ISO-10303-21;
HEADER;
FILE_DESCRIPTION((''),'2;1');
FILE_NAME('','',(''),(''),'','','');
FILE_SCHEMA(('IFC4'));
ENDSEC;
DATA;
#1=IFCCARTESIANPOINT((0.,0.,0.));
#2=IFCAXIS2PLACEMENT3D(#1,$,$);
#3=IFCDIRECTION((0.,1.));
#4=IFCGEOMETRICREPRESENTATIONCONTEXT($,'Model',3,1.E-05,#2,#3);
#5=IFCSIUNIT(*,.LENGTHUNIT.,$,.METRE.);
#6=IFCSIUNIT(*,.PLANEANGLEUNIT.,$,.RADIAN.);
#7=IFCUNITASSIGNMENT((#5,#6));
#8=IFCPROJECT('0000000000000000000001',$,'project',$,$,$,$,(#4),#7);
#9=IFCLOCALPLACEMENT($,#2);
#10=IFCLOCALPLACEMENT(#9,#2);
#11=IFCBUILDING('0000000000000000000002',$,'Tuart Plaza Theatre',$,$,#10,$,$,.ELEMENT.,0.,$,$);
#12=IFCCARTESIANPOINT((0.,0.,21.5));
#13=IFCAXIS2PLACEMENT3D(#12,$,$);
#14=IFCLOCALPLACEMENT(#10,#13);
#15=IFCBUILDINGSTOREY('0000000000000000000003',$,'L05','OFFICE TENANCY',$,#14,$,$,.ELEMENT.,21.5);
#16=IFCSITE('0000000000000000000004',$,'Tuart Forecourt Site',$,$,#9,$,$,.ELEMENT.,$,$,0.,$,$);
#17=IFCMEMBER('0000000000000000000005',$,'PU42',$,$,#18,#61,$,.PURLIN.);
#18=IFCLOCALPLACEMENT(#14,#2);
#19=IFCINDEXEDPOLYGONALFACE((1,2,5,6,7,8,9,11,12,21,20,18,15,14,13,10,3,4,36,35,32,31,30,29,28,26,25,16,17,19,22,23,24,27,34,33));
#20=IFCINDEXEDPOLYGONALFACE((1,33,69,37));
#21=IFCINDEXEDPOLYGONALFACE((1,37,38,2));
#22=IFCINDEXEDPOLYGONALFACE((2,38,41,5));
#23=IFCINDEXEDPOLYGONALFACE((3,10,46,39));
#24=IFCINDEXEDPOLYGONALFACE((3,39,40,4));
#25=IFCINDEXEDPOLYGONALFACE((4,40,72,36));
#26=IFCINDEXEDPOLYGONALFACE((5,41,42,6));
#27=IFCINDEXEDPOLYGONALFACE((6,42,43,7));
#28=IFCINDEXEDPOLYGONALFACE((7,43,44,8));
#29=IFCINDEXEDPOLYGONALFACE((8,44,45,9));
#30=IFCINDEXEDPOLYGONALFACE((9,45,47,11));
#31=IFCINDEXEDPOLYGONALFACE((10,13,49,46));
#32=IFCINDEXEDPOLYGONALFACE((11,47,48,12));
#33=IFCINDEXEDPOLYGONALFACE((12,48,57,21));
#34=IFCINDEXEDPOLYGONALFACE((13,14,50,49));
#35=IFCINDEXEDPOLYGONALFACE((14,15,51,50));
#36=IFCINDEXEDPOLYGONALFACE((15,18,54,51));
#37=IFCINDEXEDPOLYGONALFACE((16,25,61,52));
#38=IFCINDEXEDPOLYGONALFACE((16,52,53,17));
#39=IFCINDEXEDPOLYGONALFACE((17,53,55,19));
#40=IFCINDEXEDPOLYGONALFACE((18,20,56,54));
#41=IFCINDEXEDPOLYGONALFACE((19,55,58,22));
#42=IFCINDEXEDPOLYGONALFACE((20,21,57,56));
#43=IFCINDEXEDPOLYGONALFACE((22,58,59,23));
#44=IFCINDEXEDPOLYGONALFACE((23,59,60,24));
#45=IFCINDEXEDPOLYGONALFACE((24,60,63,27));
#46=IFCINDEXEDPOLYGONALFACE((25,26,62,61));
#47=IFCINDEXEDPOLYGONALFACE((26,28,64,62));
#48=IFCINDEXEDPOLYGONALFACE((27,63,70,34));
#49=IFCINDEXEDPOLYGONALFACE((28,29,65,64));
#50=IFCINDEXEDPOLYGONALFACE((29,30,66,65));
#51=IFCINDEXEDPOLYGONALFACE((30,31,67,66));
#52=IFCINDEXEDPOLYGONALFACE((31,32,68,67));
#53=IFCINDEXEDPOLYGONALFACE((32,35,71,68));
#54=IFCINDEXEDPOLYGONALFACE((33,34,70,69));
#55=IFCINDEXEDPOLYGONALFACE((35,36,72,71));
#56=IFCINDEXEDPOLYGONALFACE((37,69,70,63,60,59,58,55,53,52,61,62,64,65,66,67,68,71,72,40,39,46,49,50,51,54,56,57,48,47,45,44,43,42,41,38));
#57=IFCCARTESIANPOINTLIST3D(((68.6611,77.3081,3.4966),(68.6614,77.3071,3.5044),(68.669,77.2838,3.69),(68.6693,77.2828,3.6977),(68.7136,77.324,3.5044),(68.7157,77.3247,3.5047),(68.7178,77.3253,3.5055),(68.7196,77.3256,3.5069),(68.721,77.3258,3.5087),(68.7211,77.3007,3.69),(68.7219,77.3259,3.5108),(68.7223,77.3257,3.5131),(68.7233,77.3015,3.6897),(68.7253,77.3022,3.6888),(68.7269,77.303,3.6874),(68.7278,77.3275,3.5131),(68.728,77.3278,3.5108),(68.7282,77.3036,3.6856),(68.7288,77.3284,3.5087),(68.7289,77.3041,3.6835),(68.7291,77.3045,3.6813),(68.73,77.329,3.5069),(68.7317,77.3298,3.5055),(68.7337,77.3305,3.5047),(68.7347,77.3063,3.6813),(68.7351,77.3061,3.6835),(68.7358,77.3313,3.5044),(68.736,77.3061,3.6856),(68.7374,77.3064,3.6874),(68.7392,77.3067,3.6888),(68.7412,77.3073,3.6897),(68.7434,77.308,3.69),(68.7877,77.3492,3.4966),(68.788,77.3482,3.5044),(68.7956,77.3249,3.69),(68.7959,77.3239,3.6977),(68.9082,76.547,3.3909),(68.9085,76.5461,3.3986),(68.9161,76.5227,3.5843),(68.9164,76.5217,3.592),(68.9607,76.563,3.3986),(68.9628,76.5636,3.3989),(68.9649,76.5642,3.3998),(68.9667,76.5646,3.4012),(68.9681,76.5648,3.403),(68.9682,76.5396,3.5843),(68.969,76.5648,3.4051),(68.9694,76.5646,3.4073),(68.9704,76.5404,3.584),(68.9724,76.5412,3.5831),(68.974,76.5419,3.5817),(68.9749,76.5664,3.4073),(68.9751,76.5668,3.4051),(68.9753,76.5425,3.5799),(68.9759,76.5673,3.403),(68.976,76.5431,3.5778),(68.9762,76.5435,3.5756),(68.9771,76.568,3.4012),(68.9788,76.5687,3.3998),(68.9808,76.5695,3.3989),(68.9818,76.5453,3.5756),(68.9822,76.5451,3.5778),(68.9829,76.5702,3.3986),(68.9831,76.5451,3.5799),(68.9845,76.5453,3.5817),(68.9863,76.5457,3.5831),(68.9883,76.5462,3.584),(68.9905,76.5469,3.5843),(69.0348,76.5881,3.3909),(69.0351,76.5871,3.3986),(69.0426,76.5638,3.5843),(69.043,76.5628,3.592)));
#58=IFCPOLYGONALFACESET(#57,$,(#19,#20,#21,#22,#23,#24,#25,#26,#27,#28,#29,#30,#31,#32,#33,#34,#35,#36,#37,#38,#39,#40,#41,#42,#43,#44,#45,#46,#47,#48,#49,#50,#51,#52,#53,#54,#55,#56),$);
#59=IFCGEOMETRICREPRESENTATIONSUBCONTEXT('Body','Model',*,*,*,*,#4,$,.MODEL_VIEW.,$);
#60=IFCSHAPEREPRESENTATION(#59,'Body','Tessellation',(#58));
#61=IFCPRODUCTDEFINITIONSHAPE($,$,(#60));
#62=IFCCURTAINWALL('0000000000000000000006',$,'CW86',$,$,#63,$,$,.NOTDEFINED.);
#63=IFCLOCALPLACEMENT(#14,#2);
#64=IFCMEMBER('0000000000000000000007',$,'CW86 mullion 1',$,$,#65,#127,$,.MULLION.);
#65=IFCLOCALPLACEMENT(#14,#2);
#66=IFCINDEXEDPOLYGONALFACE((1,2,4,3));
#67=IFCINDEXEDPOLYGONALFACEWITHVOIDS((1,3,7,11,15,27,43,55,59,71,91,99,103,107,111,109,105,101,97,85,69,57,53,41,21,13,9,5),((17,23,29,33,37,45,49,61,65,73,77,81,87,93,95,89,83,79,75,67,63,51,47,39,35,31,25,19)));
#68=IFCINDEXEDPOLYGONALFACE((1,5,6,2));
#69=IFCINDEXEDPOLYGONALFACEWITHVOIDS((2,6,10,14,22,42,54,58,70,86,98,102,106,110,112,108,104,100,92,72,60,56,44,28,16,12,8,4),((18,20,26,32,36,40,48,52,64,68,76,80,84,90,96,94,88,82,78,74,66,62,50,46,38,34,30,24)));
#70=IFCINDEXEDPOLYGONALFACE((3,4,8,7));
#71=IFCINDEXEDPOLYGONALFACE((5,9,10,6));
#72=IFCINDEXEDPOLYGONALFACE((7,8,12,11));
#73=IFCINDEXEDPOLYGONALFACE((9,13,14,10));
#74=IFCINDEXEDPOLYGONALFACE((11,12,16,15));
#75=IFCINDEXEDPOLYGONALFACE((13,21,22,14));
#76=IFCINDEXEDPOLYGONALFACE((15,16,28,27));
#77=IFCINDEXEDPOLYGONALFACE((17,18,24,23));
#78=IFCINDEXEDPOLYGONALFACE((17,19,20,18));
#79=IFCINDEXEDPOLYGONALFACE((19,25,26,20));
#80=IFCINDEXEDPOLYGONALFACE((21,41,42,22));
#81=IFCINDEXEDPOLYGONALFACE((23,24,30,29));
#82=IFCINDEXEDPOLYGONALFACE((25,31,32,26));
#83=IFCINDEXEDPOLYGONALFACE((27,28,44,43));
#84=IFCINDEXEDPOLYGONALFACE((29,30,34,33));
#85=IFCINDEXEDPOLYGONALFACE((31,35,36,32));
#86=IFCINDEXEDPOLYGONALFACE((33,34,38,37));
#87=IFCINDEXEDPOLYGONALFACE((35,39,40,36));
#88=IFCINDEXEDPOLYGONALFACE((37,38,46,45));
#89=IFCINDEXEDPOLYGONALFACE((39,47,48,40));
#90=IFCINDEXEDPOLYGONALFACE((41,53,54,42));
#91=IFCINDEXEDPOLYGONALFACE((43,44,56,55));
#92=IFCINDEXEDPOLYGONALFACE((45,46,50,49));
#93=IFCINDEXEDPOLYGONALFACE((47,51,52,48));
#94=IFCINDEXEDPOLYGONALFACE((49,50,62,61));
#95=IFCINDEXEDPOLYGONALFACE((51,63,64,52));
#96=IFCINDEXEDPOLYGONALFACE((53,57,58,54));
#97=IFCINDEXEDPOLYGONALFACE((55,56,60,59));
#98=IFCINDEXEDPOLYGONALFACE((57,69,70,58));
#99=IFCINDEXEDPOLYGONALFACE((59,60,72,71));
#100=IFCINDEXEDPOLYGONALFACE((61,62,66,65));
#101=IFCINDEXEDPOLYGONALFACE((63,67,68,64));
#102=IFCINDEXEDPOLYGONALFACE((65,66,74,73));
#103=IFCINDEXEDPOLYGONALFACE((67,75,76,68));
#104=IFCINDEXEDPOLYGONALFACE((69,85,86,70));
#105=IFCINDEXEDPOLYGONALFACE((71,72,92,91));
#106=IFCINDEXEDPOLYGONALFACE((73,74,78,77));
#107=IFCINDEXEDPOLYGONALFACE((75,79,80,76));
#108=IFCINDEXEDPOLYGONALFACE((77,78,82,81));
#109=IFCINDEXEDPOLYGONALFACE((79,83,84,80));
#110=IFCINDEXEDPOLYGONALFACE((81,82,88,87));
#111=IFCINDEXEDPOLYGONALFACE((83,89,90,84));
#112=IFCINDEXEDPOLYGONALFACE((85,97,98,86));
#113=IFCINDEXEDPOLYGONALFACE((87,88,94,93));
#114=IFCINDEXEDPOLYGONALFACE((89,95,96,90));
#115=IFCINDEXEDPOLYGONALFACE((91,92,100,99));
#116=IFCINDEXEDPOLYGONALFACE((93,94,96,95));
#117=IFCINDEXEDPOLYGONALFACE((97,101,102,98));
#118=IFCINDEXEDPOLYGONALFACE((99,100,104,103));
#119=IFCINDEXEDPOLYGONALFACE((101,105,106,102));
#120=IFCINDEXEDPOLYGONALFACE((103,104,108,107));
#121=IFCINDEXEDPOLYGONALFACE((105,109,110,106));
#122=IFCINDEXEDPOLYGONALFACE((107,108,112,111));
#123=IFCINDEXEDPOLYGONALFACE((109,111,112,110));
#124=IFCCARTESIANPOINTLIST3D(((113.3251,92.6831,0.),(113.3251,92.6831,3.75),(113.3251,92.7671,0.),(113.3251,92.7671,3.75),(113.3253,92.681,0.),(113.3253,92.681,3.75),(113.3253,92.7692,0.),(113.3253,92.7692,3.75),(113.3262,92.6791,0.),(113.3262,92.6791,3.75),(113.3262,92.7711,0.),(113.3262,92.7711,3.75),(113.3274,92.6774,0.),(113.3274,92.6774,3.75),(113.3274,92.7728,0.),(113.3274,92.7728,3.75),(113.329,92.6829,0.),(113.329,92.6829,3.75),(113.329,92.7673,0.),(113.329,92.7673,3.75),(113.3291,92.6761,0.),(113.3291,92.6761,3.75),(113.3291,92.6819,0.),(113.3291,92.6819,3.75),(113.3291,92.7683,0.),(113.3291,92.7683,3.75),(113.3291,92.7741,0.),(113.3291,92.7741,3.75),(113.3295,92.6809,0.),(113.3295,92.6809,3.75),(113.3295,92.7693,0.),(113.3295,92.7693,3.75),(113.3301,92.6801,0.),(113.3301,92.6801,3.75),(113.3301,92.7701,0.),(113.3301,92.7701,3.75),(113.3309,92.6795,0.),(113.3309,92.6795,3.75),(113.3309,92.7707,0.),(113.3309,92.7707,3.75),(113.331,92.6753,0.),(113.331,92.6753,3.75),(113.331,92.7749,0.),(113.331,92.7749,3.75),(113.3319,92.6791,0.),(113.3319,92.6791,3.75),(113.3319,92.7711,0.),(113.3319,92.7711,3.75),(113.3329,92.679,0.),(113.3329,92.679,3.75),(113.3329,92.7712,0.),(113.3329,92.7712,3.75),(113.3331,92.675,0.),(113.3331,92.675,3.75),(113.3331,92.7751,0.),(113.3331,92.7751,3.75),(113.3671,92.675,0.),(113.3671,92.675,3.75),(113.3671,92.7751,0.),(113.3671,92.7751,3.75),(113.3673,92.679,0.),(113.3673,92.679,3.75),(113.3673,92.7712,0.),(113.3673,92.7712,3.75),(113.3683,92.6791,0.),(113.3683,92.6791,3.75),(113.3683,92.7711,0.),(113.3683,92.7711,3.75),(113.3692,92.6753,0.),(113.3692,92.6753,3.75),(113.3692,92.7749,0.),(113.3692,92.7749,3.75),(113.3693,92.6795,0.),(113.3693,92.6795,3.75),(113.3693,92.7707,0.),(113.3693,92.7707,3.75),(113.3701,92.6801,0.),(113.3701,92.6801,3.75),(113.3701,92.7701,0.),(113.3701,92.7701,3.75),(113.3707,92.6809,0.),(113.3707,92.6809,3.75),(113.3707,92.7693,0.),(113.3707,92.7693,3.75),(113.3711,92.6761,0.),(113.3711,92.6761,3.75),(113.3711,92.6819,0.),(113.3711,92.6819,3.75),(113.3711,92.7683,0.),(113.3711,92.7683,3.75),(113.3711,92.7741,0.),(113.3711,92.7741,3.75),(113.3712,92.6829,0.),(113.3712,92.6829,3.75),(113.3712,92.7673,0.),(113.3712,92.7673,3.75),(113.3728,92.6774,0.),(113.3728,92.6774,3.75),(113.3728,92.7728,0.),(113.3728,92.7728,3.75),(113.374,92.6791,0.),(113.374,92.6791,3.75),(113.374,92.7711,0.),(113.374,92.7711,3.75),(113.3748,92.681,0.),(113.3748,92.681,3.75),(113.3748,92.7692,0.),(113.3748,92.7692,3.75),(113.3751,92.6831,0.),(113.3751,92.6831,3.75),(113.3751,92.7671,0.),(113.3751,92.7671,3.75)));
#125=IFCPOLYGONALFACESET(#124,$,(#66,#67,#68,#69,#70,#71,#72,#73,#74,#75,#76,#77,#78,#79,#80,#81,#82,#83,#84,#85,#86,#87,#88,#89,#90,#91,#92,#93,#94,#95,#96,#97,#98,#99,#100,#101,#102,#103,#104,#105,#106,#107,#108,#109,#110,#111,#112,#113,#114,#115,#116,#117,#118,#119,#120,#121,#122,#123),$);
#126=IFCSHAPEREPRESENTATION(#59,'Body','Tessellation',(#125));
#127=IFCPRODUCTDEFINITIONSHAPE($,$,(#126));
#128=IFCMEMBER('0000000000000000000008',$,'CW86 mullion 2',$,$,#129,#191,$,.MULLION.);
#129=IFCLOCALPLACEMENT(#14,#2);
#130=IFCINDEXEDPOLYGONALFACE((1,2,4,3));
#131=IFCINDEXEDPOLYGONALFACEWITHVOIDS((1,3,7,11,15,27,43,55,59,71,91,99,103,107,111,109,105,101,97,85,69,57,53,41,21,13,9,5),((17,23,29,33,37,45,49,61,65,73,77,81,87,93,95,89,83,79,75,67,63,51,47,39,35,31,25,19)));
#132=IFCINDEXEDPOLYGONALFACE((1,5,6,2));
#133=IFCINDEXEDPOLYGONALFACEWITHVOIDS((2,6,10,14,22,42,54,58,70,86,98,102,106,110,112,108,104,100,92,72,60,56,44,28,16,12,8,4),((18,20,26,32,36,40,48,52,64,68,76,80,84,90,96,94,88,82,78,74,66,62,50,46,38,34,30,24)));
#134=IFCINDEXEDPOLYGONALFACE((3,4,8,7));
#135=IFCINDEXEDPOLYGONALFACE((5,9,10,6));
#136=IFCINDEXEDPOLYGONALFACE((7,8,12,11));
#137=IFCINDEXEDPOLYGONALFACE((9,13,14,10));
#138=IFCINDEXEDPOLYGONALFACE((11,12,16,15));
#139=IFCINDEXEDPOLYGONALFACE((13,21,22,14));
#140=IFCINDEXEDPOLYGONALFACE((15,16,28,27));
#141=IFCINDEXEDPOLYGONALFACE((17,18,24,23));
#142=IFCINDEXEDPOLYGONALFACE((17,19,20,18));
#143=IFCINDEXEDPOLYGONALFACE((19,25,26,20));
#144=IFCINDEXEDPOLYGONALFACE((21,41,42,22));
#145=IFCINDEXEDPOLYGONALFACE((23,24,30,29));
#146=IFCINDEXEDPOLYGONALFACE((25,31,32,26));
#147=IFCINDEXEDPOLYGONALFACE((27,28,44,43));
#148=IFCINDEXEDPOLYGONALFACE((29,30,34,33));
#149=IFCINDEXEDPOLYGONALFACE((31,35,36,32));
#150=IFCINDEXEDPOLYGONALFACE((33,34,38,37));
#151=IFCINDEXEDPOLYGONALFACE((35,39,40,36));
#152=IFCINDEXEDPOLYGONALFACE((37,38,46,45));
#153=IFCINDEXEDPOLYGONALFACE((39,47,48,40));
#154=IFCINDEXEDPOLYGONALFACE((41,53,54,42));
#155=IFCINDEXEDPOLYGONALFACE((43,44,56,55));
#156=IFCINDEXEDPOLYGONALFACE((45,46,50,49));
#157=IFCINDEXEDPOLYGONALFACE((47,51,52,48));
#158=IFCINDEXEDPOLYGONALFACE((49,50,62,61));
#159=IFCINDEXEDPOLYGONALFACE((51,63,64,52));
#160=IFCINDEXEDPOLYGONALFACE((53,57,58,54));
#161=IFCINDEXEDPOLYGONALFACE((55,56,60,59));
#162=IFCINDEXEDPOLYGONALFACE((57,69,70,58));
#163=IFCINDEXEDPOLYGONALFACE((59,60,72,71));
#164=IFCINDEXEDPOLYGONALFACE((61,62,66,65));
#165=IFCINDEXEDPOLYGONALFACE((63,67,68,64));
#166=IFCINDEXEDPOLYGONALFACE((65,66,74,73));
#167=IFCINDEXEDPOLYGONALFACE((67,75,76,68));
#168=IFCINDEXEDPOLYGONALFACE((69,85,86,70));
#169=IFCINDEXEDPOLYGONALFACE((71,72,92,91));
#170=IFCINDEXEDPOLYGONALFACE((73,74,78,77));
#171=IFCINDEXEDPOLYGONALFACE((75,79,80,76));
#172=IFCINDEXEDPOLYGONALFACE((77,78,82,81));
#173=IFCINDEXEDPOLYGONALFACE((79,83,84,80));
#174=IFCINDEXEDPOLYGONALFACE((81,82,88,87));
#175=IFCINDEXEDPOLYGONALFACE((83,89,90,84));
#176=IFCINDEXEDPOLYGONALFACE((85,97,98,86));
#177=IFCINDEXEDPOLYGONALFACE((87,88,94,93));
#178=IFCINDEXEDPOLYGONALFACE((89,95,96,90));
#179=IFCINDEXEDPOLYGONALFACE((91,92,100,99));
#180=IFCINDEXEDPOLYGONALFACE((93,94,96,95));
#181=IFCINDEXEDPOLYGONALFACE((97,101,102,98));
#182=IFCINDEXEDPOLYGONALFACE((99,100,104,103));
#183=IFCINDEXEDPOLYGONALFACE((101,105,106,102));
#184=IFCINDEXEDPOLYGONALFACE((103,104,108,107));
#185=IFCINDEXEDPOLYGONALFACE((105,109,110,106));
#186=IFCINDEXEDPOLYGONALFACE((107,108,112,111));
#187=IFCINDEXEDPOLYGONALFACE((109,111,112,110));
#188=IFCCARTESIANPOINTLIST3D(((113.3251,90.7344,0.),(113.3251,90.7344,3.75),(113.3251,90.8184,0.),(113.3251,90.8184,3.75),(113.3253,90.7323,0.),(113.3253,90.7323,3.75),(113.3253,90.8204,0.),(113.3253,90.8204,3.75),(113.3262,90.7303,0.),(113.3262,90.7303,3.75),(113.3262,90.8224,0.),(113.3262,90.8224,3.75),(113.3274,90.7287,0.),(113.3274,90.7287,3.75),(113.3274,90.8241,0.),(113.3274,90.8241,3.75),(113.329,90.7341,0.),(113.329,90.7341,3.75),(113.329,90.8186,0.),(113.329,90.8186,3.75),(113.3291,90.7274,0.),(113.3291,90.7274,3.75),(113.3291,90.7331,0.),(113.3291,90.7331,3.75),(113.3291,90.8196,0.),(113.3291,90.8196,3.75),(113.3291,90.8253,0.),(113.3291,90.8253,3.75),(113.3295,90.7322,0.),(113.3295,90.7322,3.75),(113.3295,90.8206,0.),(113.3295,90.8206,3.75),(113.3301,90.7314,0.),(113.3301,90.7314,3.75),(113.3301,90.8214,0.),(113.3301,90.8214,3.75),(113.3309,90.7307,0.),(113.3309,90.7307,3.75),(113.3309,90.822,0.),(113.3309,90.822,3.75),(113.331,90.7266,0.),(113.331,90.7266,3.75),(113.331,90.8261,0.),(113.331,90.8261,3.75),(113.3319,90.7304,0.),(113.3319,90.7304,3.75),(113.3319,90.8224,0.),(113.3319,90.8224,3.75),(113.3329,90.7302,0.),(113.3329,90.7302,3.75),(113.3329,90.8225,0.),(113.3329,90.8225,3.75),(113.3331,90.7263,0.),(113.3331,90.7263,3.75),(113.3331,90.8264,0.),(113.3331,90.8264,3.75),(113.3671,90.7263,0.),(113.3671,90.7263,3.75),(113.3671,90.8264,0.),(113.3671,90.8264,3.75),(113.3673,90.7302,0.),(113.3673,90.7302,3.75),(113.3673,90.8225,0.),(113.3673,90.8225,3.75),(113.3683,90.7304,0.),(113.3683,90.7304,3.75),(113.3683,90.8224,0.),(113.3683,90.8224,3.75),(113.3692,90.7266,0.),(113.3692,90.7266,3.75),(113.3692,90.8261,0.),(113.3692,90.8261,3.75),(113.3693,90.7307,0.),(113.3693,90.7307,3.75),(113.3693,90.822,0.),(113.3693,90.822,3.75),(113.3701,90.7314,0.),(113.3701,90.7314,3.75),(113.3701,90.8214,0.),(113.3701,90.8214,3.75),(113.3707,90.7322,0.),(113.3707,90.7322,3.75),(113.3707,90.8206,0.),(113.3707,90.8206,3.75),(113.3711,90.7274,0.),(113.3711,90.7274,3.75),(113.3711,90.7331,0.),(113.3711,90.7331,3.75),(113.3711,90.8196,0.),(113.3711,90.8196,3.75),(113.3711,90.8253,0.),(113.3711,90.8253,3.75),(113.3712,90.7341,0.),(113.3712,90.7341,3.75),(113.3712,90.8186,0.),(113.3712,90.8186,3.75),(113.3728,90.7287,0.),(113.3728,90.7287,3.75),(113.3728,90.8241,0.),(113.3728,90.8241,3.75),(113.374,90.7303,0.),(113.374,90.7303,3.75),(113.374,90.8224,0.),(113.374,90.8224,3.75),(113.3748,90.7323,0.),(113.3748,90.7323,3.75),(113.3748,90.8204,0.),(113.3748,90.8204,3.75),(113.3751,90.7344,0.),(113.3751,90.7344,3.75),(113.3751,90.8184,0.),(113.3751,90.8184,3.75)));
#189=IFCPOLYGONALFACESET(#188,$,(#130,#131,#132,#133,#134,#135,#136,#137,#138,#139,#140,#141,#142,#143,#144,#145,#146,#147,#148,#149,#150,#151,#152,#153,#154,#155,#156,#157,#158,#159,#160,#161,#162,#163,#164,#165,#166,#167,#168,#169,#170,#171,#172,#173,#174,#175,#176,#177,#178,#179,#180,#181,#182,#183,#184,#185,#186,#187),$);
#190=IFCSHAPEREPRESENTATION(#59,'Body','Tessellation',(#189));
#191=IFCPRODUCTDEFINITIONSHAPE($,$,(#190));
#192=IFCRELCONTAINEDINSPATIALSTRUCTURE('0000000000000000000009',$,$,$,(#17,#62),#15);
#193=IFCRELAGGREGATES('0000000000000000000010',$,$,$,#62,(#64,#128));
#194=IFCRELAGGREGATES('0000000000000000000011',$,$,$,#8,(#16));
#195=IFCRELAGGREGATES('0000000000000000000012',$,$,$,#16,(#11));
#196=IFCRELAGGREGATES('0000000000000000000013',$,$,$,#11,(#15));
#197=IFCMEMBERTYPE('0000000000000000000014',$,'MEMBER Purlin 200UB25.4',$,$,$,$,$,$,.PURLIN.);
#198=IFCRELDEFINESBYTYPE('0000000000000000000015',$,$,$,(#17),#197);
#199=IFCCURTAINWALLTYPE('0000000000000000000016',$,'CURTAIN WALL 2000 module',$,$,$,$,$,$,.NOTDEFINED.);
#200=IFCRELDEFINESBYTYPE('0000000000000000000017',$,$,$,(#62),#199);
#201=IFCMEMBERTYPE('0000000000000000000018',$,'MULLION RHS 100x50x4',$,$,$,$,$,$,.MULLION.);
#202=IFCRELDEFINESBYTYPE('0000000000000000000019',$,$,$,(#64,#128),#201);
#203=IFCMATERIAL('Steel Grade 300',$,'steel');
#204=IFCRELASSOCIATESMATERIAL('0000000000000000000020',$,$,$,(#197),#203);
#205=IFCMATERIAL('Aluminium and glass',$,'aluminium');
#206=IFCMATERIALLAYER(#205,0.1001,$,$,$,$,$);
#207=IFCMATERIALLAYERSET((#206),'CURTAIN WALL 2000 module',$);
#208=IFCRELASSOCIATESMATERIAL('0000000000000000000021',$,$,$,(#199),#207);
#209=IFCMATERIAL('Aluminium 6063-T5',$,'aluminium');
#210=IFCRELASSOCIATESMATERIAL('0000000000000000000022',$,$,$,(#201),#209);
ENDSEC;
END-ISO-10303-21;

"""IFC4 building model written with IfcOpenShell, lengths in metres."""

from ifc_helpers import new_model, si_unit, direction, frame, origin, origin_2d, place, context, subcontext, project, spatial, hollow_rectangle, i_section, extrude, material, layer, layer_set, material_profile, profile_set, type_object, element, aggregate, save


model = new_model("IFC4")

# Units and contexts
model_context = context("Model", 3, precision=1e-05, world=origin(), true_north=direction((0.0, 1.0)))
body_context = subcontext(model_context, "Body", "Model", "MODEL_VIEW")
ifc_project = project(units=[si_unit("LENGTHUNIT", "METRE"), si_unit("PLANEANGLEUNIT", "RADIAN")], contexts=[model_context])

# Site, building, storey
site_placement = place(None, origin())
site = spatial("IfcSite", under=ifc_project, at=site_placement, Name="Tuart Forecourt Site", CompositionType="ELEMENT", RefElevation=0.0)
building_placement = place(site_placement, origin())
building = spatial("IfcBuilding", under=site, at=building_placement, Name="Tuart Plaza Theatre", CompositionType="ELEMENT", ElevationOfRefHeight=0.0)
storey_placement = place(building_placement, frame((0.0, 0.0, 21.5)))
storey = spatial("IfcBuildingStorey", under=building, at=storey_placement, Name="L05", Description="OFFICE TENANCY", CompositionType="ELEMENT", Elevation=21.5)

# Member
ifc_material_1 = material(Name="Steel Grade 300", Category="steel")
ifc_material_profile_1 = material_profile(ifc_material_1, i_section(OverallWidth=0.1331, OverallDepth=0.2029, WebThickness=0.0059, FlangeThickness=0.0078, FilletRadius=0.0088, at=origin_2d()), Name="200UB25.4")
ifc_profile_set_1 = profile_set([ifc_material_profile_1], Name="Steel Grade 300")
member_type_1 = type_object("IfcMemberType", Name="MEMBER Purlin 200UB25.4", PredefinedType="PURLIN", material=ifc_profile_set_1)
member_1_placement = place(storey_placement, frame((68.9756, 76.5549, 3.4915), z_axis=(-0.306143, 0.942931, 0.130988), x_axis=(-0.951126, -0.308803, 0.0)))
element("IfcMember", 1, at=member_1_placement, inside=storey, type_object=member_type_1, Name="PU42", PredefinedType="PURLIN", context=body_context, shape_type="SweptSolid", body=[
    extrude(i_section(OverallWidth=0.1331, OverallDepth=0.2029, WebThickness=0.0059, FlangeThickness=0.0078, FilletRadius=0.0088, at=origin_2d()), origin(), (0.0, 0.0, 1.0), 0.8071),
])

# Curtain wall, members
ifc_material_2 = material(Name="Aluminium and glass", Category="aluminium")
ifc_layer_1 = layer(ifc_material_2, 0.1001)
ifc_layer_set_1 = layer_set([ifc_layer_1], Name="CURTAIN WALL 2000 module")
curtain_wall_type = type_object("IfcCurtainWallType", Name="CURTAIN WALL 2000 module", PredefinedType="NOTDEFINED", material=ifc_layer_set_1)
curtain_wall_placement = place(storey_placement, origin())
curtain_wall = element("IfcCurtainWall", 2, at=curtain_wall_placement, inside=storey, type_object=curtain_wall_type, Name="CW86", PredefinedType="NOTDEFINED")
ifc_material_3 = material(Name="Aluminium 6063-T5", Category="aluminium")
ifc_material_profile_2 = material_profile(ifc_material_3, hollow_rectangle(XDim=0.05, YDim=0.1001, WallThickness=0.0039, InnerFilletRadius=0.0039, OuterFilletRadius=0.0081, at=origin_2d()), Name="RHS 100x50x4")
ifc_profile_set_2 = profile_set([ifc_material_profile_2], Name="Aluminium 6063-T5")
member_type_2 = type_object("IfcMemberType", Name="MULLION RHS 100x50x4", PredefinedType="MULLION", material=ifc_profile_set_2)
member_2_placement = place(storey_placement, frame((113.3501, 92.7251, 0.0), z_axis=(0.0, 0.0, 1.0), x_axis=(1.0, 0.0, 0.0)))
member_2 = element("IfcMember", 3, at=member_2_placement, type_object=member_type_2, Name="CW86 mullion 1", PredefinedType="MULLION", context=body_context, shape_type="SweptSolid", body=[
    extrude(hollow_rectangle(XDim=0.05, YDim=0.1001, WallThickness=0.0039, InnerFilletRadius=0.0039, OuterFilletRadius=0.0081, at=origin_2d()), origin(), (0.0, 0.0, 1.0), 3.75),
])
member_3_placement = place(storey_placement, frame((113.3501, 90.7764, 0.0), z_axis=(0.0, 0.0, 1.0), x_axis=(1.0, 0.0, 0.0)))
member_3 = element("IfcMember", 4, at=member_3_placement, type_object=member_type_2, Name="CW86 mullion 2", PredefinedType="MULLION", context=body_context, shape_type="SweptSolid", body=[
    extrude(hollow_rectangle(XDim=0.05, YDim=0.1001, WallThickness=0.0039, InnerFilletRadius=0.0039, OuterFilletRadius=0.0081, at=origin_2d()), origin(), (0.0, 0.0, 1.0), 3.75),
])
aggregate(curtain_wall, [member_2, member_3])

save(model, "model.ifc")
